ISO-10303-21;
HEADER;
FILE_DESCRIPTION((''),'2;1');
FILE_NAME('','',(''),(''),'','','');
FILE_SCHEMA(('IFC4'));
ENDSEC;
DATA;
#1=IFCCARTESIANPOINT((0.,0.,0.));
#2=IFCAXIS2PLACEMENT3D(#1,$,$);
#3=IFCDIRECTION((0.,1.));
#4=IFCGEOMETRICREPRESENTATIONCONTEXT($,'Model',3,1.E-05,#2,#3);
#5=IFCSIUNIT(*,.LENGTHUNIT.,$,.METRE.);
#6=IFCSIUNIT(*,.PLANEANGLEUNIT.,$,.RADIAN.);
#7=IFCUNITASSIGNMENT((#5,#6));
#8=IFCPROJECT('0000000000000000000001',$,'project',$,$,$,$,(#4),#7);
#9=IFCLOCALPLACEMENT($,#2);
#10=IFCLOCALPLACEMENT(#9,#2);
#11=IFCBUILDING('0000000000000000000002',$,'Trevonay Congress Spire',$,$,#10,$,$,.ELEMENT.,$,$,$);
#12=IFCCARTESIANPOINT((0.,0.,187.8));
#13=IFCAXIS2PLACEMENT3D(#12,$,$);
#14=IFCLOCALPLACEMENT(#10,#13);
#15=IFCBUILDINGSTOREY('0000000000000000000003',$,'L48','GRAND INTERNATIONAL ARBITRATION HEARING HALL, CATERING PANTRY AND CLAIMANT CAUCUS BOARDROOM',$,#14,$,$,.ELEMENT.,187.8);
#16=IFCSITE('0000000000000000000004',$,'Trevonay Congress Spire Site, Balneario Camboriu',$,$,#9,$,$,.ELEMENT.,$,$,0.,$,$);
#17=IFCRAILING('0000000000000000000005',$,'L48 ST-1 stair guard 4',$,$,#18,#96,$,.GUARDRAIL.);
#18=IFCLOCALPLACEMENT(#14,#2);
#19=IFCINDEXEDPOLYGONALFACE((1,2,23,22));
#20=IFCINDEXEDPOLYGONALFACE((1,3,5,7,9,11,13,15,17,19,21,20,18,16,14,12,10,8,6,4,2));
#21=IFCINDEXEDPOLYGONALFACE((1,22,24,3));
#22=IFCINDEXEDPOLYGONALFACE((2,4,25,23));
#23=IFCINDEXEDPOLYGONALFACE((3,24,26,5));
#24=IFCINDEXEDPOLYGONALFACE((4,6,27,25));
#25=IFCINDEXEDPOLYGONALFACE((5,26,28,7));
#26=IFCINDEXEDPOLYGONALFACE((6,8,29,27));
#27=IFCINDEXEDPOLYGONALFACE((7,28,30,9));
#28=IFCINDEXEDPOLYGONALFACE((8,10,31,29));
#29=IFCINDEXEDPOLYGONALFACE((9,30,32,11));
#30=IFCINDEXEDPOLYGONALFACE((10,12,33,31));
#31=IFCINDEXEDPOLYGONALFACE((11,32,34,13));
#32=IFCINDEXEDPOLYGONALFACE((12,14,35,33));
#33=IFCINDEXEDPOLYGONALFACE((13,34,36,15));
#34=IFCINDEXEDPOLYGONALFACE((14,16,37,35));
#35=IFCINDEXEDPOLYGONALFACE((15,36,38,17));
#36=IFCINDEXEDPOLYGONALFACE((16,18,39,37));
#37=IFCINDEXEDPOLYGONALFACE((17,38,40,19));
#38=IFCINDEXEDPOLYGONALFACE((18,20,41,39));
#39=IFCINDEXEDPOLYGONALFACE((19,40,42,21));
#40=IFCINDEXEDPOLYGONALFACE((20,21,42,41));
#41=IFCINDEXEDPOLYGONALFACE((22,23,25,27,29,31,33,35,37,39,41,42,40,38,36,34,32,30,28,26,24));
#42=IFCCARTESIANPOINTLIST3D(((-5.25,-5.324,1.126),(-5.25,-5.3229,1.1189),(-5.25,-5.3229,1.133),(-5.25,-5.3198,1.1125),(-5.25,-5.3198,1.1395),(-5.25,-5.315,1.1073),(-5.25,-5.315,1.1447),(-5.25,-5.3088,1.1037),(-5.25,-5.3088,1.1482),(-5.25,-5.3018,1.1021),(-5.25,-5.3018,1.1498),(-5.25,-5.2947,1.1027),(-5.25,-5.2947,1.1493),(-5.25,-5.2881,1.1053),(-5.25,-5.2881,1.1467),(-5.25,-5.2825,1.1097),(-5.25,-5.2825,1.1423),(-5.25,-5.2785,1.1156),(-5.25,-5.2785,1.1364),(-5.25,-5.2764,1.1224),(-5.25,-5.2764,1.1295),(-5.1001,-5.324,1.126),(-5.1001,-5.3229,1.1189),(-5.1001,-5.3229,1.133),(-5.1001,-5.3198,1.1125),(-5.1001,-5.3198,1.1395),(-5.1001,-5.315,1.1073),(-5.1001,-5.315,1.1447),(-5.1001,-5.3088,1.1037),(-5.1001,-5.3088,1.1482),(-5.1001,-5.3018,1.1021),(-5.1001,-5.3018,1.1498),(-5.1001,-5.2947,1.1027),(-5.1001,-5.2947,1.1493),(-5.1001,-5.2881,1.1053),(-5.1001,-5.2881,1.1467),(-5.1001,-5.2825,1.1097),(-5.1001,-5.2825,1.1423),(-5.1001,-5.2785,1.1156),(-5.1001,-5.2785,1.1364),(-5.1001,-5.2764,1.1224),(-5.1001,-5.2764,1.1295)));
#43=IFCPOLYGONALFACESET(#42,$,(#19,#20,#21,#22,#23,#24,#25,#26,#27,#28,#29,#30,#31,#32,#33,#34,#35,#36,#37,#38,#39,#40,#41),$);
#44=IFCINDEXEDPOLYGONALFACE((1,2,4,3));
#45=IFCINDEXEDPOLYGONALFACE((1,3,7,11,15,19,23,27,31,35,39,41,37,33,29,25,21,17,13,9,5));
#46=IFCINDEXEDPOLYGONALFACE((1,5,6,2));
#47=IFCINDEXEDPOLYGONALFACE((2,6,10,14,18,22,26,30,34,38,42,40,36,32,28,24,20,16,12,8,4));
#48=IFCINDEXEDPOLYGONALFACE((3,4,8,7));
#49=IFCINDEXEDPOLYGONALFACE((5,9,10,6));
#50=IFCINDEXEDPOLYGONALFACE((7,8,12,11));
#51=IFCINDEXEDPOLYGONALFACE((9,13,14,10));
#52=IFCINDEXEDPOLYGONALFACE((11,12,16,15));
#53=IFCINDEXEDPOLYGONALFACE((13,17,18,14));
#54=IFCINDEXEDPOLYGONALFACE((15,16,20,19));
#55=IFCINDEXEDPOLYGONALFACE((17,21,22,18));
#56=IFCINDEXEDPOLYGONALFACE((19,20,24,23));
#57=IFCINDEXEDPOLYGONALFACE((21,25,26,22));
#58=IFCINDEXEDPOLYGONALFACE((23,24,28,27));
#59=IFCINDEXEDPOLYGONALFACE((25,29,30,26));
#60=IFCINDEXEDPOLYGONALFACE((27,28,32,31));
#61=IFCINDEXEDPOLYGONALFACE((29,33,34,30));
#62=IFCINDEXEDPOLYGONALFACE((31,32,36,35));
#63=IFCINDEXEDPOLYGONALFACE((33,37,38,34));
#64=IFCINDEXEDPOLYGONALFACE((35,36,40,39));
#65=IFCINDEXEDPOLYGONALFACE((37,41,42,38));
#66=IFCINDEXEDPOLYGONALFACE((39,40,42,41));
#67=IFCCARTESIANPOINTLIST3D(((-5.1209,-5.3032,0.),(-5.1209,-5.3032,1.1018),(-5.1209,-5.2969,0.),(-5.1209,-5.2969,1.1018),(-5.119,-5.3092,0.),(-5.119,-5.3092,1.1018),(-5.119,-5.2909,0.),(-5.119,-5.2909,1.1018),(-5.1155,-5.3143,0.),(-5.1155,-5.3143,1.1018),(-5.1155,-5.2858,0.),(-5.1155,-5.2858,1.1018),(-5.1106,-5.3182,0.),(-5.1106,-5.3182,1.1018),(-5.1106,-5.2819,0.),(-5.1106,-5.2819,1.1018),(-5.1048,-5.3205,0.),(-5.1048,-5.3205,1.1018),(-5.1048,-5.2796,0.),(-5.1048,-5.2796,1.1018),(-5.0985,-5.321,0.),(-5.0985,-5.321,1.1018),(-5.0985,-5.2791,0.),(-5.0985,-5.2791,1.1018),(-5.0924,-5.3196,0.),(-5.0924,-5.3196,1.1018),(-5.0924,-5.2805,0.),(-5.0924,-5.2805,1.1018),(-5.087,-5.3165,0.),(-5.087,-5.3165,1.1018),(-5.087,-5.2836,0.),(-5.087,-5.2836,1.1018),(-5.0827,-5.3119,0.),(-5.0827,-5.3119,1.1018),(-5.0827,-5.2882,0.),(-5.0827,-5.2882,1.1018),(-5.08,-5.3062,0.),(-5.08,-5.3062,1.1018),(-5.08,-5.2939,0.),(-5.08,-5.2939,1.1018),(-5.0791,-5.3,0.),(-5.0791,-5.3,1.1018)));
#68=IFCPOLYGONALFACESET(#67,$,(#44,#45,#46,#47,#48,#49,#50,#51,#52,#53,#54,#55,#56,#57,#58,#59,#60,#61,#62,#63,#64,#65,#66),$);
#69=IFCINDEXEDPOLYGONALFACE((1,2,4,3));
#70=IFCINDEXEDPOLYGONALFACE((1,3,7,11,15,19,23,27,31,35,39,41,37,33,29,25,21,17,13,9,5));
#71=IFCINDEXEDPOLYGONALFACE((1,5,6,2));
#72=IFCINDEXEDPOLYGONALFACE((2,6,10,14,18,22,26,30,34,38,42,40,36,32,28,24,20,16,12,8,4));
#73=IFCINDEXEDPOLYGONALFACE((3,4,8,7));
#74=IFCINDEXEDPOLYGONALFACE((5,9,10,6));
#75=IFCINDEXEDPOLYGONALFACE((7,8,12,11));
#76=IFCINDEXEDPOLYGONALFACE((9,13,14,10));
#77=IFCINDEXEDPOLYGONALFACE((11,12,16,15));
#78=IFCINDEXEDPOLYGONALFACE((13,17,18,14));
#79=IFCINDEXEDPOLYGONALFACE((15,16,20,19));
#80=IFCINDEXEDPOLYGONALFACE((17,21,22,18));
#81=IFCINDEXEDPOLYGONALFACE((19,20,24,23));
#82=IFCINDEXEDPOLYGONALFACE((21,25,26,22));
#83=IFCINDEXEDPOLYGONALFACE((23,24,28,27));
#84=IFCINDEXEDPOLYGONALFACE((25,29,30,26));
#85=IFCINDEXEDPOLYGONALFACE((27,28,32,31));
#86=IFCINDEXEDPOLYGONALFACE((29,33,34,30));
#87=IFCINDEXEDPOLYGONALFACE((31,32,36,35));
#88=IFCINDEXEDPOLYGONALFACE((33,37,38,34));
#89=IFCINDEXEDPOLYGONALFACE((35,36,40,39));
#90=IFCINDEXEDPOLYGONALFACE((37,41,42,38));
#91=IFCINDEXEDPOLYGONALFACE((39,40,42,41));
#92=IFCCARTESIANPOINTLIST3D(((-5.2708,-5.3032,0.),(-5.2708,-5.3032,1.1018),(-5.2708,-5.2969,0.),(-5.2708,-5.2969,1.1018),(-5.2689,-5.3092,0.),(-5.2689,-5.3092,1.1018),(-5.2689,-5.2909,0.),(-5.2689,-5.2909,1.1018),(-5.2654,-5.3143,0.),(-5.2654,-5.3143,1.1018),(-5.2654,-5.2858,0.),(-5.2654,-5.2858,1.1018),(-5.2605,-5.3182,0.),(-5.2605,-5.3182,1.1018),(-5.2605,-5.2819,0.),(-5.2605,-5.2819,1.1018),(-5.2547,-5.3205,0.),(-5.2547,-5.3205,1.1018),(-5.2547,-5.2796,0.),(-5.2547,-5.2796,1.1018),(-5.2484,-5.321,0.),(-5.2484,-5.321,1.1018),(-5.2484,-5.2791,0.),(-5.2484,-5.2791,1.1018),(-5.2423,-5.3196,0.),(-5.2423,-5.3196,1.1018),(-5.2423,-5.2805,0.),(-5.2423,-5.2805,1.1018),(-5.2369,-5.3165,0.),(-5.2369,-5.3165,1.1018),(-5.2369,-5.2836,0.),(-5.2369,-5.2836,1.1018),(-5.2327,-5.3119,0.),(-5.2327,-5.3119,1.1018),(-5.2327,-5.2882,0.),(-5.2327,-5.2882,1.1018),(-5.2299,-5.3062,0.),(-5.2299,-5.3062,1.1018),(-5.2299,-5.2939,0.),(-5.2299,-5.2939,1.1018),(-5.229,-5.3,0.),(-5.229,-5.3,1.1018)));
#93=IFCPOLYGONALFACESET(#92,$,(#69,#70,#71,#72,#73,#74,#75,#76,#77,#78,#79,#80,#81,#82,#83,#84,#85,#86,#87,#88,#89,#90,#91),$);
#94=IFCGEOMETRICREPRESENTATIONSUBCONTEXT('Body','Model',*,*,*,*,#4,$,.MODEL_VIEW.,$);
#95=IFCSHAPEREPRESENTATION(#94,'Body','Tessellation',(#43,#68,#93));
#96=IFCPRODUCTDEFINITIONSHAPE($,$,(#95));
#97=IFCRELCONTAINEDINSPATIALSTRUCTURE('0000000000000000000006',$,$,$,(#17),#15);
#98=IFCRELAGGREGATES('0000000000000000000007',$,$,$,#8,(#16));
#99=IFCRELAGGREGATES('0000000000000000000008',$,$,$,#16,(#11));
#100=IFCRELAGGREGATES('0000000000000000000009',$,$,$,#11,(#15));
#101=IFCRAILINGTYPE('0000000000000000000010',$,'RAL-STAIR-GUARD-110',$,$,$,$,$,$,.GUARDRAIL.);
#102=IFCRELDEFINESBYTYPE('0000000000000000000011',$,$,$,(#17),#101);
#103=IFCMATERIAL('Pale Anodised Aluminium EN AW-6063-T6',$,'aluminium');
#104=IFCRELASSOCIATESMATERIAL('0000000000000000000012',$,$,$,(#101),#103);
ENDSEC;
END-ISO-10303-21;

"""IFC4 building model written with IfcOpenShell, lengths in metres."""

from ifc_helpers import new_model, si_unit, direction, frame, origin, origin_2d, place, context, subcontext, project, spatial, circle, extrude, material, type_object, element, save


model = new_model("IFC4")

# Units and contexts
model_context = context("Model", 3, precision=1e-05, world=origin(), true_north=direction((0.0, 1.0)))
body_context = subcontext(model_context, "Body", "Model", "MODEL_VIEW")
ifc_project = project(units=[si_unit("LENGTHUNIT", "METRE"), si_unit("PLANEANGLEUNIT", "RADIAN")], contexts=[model_context])

# Site, building, storey
site_placement = place(None, origin())
site = spatial("IfcSite", under=ifc_project, at=site_placement, Name="Trevonay Congress Spire Site, Balneario Camboriu", CompositionType="ELEMENT", RefElevation=0.0)
building_placement = place(site_placement, origin())
building = spatial("IfcBuilding", under=site, at=building_placement, Name="Trevonay Congress Spire", CompositionType="ELEMENT")
storey_placement = place(building_placement, frame((0.0, 0.0, 187.8)))
storey = spatial("IfcBuildingStorey", under=building, at=storey_placement, Name="L48", Description="GRAND INTERNATIONAL ARBITRATION HEARING HALL, CATERING PANTRY AND CLAIMANT CAUCUS BOARDROOM", CompositionType="ELEMENT", Elevation=187.8)

# Railing
ifc_material_1 = material(Name="Pale Anodised Aluminium EN AW-6063-T6", Category="aluminium")
railing_type_1 = type_object("IfcRailingType", Name="RAL-STAIR-GUARD-110", PredefinedType="GUARDRAIL", material=ifc_material_1)
railing_1_placement = place(storey_placement, frame((-5.1001, -5.3, 0.0)))
element("IfcRailing", 1, at=railing_1_placement, inside=storey, type_object=railing_type_1, Name="L48 ST-1 stair guard 4", PredefinedType="GUARDRAIL", context=body_context, shape_type="SweptSolid", body=[
    extrude(circle(Radius=0.0239, at=origin_2d()), frame((0.0, 0.0, 1.126), z_axis=(-1.0, 0.0, 0.0), x_axis=(0.0, -1.0, 0.0)), (0.0, 0.0, 1.0), 0.1499),
    extrude(circle(Radius=0.021, at=origin_2d()), origin(), (0.0, 0.0, 1.0), 1.1018),
    extrude(circle(Radius=0.021, at=origin_2d()), frame((-0.1499, 0.0, 0.0)), (0.0, 0.0, 1.0), 1.1018),
])

save(model, "model.ifc")
